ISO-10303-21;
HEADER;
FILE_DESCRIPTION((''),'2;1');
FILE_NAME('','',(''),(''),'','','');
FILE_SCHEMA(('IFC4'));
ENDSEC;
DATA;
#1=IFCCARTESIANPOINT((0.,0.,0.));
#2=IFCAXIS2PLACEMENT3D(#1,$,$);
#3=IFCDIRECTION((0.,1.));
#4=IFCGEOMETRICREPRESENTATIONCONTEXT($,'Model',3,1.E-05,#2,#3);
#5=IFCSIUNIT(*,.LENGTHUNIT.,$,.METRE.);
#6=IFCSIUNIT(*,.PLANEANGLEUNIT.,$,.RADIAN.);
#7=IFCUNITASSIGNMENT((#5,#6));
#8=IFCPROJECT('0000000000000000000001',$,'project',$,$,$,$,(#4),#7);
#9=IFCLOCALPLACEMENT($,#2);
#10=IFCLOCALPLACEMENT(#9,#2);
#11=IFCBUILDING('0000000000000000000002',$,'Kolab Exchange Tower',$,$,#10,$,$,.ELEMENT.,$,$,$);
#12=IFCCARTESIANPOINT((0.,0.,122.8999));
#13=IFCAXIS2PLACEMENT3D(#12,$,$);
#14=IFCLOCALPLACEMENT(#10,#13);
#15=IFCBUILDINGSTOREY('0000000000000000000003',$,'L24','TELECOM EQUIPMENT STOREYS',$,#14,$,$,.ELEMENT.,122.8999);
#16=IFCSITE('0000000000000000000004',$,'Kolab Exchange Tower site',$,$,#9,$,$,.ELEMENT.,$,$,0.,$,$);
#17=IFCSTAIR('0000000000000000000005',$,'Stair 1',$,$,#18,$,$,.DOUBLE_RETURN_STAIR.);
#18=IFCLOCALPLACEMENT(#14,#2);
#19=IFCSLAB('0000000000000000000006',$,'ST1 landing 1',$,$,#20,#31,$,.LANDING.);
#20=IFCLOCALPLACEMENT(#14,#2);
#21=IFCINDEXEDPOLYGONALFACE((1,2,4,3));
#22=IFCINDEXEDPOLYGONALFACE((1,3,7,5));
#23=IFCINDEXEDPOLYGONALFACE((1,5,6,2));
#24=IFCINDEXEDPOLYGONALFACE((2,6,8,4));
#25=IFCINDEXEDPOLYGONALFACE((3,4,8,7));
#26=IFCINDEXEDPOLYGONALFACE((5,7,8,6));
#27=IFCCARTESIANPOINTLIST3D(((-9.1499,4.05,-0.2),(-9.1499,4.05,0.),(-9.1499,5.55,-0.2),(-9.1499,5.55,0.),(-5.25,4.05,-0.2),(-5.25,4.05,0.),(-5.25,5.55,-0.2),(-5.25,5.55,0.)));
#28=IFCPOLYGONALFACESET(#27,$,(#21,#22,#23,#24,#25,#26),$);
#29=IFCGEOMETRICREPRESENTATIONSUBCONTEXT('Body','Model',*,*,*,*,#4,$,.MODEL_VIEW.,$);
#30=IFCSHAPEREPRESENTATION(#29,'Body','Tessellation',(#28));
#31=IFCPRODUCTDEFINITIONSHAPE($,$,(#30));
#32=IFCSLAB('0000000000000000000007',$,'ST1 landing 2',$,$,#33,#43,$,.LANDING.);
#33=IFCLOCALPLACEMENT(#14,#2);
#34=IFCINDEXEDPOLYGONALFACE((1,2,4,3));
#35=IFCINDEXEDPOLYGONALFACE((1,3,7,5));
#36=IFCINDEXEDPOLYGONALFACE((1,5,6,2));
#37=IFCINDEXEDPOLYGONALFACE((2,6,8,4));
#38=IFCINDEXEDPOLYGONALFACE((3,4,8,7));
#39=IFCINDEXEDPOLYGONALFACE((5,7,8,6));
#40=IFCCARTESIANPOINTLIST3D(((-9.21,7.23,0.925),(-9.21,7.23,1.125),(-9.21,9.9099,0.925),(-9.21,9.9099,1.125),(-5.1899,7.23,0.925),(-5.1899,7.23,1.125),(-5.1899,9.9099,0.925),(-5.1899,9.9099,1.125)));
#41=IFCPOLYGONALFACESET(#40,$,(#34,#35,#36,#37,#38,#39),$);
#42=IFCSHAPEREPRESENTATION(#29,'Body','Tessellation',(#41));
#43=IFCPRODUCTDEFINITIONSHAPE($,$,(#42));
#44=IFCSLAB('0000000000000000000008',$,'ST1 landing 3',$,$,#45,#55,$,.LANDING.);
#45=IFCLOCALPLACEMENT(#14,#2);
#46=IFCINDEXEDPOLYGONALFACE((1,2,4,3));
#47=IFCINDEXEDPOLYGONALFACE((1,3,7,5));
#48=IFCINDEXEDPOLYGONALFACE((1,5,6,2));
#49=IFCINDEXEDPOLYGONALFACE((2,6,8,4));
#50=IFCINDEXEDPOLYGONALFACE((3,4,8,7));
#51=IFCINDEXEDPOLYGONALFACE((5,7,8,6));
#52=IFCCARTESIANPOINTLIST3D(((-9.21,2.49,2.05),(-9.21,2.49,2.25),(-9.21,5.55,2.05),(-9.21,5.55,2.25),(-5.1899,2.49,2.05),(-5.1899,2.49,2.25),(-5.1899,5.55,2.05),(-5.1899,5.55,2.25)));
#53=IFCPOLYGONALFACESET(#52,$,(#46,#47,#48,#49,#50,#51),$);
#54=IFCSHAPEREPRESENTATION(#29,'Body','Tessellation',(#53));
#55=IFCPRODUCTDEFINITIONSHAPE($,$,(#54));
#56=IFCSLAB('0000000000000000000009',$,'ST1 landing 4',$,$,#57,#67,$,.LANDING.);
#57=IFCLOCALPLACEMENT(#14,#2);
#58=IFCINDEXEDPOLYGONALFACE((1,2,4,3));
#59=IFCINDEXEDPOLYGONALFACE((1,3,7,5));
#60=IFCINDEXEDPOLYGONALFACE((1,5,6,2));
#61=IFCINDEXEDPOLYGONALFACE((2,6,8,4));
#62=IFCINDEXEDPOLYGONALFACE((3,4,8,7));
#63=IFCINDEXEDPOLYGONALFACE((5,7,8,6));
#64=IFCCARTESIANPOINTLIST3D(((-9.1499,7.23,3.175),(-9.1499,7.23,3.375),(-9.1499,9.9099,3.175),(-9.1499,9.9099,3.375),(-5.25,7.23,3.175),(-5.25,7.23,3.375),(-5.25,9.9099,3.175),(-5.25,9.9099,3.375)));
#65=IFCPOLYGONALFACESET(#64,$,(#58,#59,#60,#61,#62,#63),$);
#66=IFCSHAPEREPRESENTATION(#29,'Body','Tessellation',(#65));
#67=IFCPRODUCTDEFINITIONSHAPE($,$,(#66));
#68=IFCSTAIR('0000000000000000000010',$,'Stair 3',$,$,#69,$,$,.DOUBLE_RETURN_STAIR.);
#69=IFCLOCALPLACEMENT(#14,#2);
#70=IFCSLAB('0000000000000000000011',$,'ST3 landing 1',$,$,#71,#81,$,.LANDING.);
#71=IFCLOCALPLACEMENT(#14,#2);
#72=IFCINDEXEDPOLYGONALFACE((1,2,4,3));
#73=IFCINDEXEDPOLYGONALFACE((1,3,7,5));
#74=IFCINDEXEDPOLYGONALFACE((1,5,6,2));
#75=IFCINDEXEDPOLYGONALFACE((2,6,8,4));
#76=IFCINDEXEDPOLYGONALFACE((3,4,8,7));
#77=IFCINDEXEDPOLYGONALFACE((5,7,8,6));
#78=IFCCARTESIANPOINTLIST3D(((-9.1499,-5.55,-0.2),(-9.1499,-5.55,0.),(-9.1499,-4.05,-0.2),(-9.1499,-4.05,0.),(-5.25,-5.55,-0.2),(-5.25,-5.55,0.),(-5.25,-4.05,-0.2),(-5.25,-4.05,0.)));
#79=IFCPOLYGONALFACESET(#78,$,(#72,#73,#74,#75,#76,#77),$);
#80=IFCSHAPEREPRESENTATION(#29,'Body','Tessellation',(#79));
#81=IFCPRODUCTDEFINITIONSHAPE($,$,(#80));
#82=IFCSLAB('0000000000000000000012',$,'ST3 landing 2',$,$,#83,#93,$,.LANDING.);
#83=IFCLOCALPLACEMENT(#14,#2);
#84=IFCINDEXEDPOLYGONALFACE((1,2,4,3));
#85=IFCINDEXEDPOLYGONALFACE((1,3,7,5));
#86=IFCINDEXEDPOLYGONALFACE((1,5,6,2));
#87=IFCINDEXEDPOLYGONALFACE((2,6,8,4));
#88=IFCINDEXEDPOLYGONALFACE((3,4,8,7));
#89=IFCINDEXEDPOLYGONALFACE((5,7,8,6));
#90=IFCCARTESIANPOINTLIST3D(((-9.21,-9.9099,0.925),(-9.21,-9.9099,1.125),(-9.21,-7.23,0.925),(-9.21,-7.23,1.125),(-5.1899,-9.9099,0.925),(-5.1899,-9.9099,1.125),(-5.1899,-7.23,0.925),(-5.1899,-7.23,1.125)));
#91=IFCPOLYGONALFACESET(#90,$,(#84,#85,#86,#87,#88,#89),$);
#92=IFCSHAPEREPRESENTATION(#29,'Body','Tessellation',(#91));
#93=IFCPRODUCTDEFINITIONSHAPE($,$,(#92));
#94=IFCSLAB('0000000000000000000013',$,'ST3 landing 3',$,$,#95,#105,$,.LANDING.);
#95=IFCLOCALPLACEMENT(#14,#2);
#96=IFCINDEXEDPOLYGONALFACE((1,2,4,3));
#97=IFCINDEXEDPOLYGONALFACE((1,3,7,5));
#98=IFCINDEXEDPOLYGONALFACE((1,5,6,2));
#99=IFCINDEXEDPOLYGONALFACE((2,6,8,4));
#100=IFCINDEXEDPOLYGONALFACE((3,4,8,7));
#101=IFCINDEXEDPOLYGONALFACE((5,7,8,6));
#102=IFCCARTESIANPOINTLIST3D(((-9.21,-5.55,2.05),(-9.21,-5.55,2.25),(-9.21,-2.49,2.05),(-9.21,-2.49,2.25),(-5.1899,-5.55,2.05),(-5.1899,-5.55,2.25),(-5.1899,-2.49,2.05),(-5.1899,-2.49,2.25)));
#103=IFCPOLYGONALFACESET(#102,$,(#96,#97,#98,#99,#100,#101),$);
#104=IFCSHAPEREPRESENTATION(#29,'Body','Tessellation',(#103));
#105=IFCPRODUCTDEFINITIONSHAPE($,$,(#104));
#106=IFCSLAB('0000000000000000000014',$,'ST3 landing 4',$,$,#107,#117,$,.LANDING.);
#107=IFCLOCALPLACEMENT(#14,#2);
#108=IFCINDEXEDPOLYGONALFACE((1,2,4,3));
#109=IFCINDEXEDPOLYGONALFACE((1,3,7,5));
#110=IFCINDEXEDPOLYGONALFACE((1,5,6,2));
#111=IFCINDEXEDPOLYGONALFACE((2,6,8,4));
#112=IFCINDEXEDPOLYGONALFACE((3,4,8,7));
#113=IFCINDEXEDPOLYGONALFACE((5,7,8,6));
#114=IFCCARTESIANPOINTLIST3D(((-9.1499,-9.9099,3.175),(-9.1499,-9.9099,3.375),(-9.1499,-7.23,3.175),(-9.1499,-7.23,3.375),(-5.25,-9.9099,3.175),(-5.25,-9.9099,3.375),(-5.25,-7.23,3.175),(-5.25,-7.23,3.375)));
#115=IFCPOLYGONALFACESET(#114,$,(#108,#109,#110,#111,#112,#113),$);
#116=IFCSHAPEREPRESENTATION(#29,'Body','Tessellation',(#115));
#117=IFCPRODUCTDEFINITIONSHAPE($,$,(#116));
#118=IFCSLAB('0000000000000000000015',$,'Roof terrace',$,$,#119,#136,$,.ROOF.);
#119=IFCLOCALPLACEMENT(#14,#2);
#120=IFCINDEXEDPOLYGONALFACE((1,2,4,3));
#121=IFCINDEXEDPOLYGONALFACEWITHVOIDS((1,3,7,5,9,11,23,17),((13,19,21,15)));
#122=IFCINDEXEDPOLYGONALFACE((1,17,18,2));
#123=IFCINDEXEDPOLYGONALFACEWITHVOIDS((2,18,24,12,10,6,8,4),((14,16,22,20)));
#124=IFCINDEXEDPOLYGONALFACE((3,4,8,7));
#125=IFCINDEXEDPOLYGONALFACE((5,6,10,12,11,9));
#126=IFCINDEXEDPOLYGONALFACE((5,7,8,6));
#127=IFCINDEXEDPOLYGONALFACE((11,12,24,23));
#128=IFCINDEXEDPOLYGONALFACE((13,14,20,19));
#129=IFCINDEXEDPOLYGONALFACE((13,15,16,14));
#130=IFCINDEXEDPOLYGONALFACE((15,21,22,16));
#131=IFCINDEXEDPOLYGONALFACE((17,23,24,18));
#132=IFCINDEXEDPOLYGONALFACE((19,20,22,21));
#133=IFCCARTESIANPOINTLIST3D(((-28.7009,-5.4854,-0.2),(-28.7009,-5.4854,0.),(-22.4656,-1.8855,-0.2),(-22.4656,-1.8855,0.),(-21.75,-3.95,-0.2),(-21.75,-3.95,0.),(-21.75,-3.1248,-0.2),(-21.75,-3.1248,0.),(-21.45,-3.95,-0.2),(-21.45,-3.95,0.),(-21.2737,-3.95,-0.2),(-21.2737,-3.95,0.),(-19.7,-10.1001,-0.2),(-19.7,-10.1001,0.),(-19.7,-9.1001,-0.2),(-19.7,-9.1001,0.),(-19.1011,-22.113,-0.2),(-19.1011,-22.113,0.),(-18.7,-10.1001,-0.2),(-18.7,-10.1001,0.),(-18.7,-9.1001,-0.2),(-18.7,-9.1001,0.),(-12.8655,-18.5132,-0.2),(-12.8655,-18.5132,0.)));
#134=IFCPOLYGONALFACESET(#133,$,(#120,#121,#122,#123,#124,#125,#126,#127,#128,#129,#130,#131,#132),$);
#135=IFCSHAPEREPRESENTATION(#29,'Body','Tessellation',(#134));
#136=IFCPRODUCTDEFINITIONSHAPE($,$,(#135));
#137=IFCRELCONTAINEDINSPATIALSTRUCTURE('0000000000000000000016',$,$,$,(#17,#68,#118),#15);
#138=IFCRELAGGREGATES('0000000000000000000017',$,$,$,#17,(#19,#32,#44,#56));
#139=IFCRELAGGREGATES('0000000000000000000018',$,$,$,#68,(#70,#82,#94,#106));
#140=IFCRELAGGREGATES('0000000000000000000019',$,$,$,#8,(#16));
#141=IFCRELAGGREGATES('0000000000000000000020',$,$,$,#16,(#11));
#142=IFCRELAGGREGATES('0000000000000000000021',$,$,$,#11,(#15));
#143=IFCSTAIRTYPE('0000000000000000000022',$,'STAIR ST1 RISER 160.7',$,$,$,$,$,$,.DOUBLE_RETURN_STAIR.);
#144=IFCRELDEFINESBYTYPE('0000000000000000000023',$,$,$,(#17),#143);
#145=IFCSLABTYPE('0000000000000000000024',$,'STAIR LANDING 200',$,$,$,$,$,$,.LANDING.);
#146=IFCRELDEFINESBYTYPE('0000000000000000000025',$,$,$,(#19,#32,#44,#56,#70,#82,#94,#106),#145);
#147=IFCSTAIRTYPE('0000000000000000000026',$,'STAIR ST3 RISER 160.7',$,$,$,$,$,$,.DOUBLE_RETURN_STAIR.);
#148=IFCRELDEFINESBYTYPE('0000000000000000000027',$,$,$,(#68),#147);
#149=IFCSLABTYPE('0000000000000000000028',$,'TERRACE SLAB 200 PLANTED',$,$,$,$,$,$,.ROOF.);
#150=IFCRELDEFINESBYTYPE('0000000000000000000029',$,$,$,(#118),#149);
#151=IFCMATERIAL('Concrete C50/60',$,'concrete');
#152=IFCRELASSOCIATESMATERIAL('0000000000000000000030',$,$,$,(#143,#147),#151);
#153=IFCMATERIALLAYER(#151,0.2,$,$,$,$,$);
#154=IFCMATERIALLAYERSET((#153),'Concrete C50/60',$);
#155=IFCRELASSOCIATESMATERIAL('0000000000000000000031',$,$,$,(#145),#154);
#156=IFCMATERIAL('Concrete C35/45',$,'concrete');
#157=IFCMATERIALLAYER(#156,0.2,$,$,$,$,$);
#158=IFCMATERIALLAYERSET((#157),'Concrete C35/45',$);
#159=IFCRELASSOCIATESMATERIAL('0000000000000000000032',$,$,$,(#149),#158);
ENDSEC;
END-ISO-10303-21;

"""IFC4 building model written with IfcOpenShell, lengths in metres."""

from ifc_helpers import new_model, si_unit, direction, frame, origin, place, context, subcontext, project, spatial, polyline, outline, extrude, material, layer, layer_set, type_object, element, aggregate, save


model = new_model("IFC4")

# Units and contexts
model_context = context("Model", 3, precision=1e-05, world=origin(), true_north=direction((0.0, 1.0)))
body_context = subcontext(model_context, "Body", "Model", "MODEL_VIEW")
ifc_project = project(units=[si_unit("LENGTHUNIT", "METRE"), si_unit("PLANEANGLEUNIT", "RADIAN")], contexts=[model_context])

# Site, building, storey
site_placement = place(None, origin())
site = spatial("IfcSite", under=ifc_project, at=site_placement, Name="Kolab Exchange Tower site", CompositionType="ELEMENT", RefElevation=0.0)
building_placement = place(site_placement, origin())
building = spatial("IfcBuilding", under=site, at=building_placement, Name="Kolab Exchange Tower", CompositionType="ELEMENT")
storey_placement = place(building_placement, frame((0.0, 0.0, 122.8999)))
storey = spatial("IfcBuildingStorey", under=building, at=storey_placement, Name="L24", Description="TELECOM EQUIPMENT STOREYS", CompositionType="ELEMENT", Elevation=122.8999)

# Stairs, slabs
ifc_material_1 = material(Name="Concrete C50/60", Category="concrete")
stair_type_1 = type_object("IfcStairType", Name="STAIR ST1 RISER 160.7", PredefinedType="DOUBLE_RETURN_STAIR", material=ifc_material_1)
stair_1_placement = place(storey_placement, origin())
stair_1 = element("IfcStair", 1, at=stair_1_placement, inside=storey, type_object=stair_type_1, Name="Stair 1", PredefinedType="DOUBLE_RETURN_STAIR")
ifc_layer_1 = layer(ifc_material_1, 0.2)
ifc_layer_set_1 = layer_set([ifc_layer_1], Name="Concrete C50/60")
slab_type_1 = type_object("IfcSlabType", Name="STAIR LANDING 200", PredefinedType="LANDING", material=ifc_layer_set_1)
slab_1_placement = place(storey_placement, frame((0.0, 0.0, -0.2)))
slab_1 = element("IfcSlab", 2, at=slab_1_placement, type_object=slab_type_1, Name="ST1 landing 1", PredefinedType="LANDING", context=body_context, shape_type="SweptSolid", body=[
    extrude(outline(polyline([(-9.1499, 4.05), (-5.25, 4.05), (-5.25, 5.55), (-9.1499, 5.55), (-9.1499, 4.05)])), origin(), (0.0, 0.0, 1.0), 0.2),
])
slab_2_placement = place(storey_placement, frame((0.0, 0.0, 0.925)))
slab_2 = element("IfcSlab", 3, at=slab_2_placement, type_object=slab_type_1, Name="ST1 landing 2", PredefinedType="LANDING", context=body_context, shape_type="SweptSolid", body=[
    extrude(outline(polyline([(-9.21, 7.23), (-5.1899, 7.23), (-5.1899, 9.9099), (-9.21, 9.9099), (-9.21, 7.23)])), origin(), (0.0, 0.0, 1.0), 0.2),
])
slab_3_placement = place(storey_placement, frame((0.0, 0.0, 2.05)))
slab_3 = element("IfcSlab", 4, at=slab_3_placement, type_object=slab_type_1, Name="ST1 landing 3", PredefinedType="LANDING", context=body_context, shape_type="SweptSolid", body=[
    extrude(outline(polyline([(-9.21, 2.49), (-5.1899, 2.49), (-5.1899, 5.55), (-9.21, 5.55), (-9.21, 2.49)])), origin(), (0.0, 0.0, 1.0), 0.2),
])
slab_4_placement = place(storey_placement, frame((0.0, 0.0, 3.175)))
slab_4 = element("IfcSlab", 5, at=slab_4_placement, type_object=slab_type_1, Name="ST1 landing 4", PredefinedType="LANDING", context=body_context, shape_type="SweptSolid", body=[
    extrude(outline(polyline([(-9.1499, 7.23), (-5.25, 7.23), (-5.25, 9.9099), (-9.1499, 9.9099), (-9.1499, 7.23)])), origin(), (0.0, 0.0, 1.0), 0.2),
])
aggregate(stair_1, [slab_1, slab_2, slab_3, slab_4])
stair_type_2 = type_object("IfcStairType", Name="STAIR ST3 RISER 160.7", PredefinedType="DOUBLE_RETURN_STAIR", material=ifc_material_1)
stair_2_placement = place(storey_placement, origin())
stair_2 = element("IfcStair", 6, at=stair_2_placement, inside=storey, type_object=stair_type_2, Name="Stair 3", PredefinedType="DOUBLE_RETURN_STAIR")
slab_5_placement = place(storey_placement, frame((0.0, 0.0, -0.2)))
slab_5 = element("IfcSlab", 7, at=slab_5_placement, type_object=slab_type_1, Name="ST3 landing 1", PredefinedType="LANDING", context=body_context, shape_type="SweptSolid", body=[
    extrude(outline(polyline([(-9.1499, -5.55), (-5.25, -5.55), (-5.25, -4.05), (-9.1499, -4.05), (-9.1499, -5.55)])), origin(), (0.0, 0.0, 1.0), 0.2),
])
slab_6_placement = place(storey_placement, frame((0.0, 0.0, 0.925)))
slab_6 = element("IfcSlab", 8, at=slab_6_placement, type_object=slab_type_1, Name="ST3 landing 2", PredefinedType="LANDING", context=body_context, shape_type="SweptSolid", body=[
    extrude(outline(polyline([(-9.21, -9.9099), (-5.1899, -9.9099), (-5.1899, -7.23), (-9.21, -7.23), (-9.21, -9.9099)])), origin(), (0.0, 0.0, 1.0), 0.2),
])
slab_7_placement = place(storey_placement, frame((0.0, 0.0, 2.05)))
slab_7 = element("IfcSlab", 9, at=slab_7_placement, type_object=slab_type_1, Name="ST3 landing 3", PredefinedType="LANDING", context=body_context, shape_type="SweptSolid", body=[
    extrude(outline(polyline([(-9.21, -5.55), (-5.1899, -5.55), (-5.1899, -2.49), (-9.21, -2.49), (-9.21, -5.55)])), origin(), (0.0, 0.0, 1.0), 0.2),
])
slab_8_placement = place(storey_placement, frame((0.0, 0.0, 3.175)))
slab_8 = element("IfcSlab", 10, at=slab_8_placement, type_object=slab_type_1, Name="ST3 landing 4", PredefinedType="LANDING", context=body_context, shape_type="SweptSolid", body=[
    extrude(outline(polyline([(-9.1499, -9.9099), (-5.25, -9.9099), (-5.25, -7.23), (-9.1499, -7.23), (-9.1499, -9.9099)])), origin(), (0.0, 0.0, 1.0), 0.2),
])
aggregate(stair_2, [slab_5, slab_6, slab_7, slab_8])

# Slab
ifc_material_2 = material(Name="Concrete C35/45", Category="concrete")
ifc_layer_2 = layer(ifc_material_2, 0.2)
ifc_layer_set_2 = layer_set([ifc_layer_2], Name="Concrete C35/45")
slab_type_2 = type_object("IfcSlabType", Name="TERRACE SLAB 200 PLANTED", PredefinedType="ROOF", material=ifc_layer_set_2)
slab_9_placement = place(storey_placement, frame((0.0, 0.0, -0.2)))
element("IfcSlab", 11, at=slab_9_placement, inside=storey, type_object=slab_type_2, Name="Roof terrace", PredefinedType="ROOF", context=body_context, shape_type="SweptSolid", body=[
    extrude(outline(polyline([(-12.8655, -18.5132), (-21.2737, -3.95), (-21.45, -3.95), (-21.75, -3.95), (-21.75, -3.1248), (-22.4656, -1.8855), (-28.7009, -5.4854), (-19.1011, -22.113), (-12.8655, -18.5132)]), holes=[polyline([(-18.7, -9.1001), (-18.7, -10.1001), (-19.7, -10.1001), (-19.7, -9.1001), (-18.7, -9.1001)])]), origin(), (0.0, 0.0, 1.0), 0.2),
])

save(model, "model.ifc")
